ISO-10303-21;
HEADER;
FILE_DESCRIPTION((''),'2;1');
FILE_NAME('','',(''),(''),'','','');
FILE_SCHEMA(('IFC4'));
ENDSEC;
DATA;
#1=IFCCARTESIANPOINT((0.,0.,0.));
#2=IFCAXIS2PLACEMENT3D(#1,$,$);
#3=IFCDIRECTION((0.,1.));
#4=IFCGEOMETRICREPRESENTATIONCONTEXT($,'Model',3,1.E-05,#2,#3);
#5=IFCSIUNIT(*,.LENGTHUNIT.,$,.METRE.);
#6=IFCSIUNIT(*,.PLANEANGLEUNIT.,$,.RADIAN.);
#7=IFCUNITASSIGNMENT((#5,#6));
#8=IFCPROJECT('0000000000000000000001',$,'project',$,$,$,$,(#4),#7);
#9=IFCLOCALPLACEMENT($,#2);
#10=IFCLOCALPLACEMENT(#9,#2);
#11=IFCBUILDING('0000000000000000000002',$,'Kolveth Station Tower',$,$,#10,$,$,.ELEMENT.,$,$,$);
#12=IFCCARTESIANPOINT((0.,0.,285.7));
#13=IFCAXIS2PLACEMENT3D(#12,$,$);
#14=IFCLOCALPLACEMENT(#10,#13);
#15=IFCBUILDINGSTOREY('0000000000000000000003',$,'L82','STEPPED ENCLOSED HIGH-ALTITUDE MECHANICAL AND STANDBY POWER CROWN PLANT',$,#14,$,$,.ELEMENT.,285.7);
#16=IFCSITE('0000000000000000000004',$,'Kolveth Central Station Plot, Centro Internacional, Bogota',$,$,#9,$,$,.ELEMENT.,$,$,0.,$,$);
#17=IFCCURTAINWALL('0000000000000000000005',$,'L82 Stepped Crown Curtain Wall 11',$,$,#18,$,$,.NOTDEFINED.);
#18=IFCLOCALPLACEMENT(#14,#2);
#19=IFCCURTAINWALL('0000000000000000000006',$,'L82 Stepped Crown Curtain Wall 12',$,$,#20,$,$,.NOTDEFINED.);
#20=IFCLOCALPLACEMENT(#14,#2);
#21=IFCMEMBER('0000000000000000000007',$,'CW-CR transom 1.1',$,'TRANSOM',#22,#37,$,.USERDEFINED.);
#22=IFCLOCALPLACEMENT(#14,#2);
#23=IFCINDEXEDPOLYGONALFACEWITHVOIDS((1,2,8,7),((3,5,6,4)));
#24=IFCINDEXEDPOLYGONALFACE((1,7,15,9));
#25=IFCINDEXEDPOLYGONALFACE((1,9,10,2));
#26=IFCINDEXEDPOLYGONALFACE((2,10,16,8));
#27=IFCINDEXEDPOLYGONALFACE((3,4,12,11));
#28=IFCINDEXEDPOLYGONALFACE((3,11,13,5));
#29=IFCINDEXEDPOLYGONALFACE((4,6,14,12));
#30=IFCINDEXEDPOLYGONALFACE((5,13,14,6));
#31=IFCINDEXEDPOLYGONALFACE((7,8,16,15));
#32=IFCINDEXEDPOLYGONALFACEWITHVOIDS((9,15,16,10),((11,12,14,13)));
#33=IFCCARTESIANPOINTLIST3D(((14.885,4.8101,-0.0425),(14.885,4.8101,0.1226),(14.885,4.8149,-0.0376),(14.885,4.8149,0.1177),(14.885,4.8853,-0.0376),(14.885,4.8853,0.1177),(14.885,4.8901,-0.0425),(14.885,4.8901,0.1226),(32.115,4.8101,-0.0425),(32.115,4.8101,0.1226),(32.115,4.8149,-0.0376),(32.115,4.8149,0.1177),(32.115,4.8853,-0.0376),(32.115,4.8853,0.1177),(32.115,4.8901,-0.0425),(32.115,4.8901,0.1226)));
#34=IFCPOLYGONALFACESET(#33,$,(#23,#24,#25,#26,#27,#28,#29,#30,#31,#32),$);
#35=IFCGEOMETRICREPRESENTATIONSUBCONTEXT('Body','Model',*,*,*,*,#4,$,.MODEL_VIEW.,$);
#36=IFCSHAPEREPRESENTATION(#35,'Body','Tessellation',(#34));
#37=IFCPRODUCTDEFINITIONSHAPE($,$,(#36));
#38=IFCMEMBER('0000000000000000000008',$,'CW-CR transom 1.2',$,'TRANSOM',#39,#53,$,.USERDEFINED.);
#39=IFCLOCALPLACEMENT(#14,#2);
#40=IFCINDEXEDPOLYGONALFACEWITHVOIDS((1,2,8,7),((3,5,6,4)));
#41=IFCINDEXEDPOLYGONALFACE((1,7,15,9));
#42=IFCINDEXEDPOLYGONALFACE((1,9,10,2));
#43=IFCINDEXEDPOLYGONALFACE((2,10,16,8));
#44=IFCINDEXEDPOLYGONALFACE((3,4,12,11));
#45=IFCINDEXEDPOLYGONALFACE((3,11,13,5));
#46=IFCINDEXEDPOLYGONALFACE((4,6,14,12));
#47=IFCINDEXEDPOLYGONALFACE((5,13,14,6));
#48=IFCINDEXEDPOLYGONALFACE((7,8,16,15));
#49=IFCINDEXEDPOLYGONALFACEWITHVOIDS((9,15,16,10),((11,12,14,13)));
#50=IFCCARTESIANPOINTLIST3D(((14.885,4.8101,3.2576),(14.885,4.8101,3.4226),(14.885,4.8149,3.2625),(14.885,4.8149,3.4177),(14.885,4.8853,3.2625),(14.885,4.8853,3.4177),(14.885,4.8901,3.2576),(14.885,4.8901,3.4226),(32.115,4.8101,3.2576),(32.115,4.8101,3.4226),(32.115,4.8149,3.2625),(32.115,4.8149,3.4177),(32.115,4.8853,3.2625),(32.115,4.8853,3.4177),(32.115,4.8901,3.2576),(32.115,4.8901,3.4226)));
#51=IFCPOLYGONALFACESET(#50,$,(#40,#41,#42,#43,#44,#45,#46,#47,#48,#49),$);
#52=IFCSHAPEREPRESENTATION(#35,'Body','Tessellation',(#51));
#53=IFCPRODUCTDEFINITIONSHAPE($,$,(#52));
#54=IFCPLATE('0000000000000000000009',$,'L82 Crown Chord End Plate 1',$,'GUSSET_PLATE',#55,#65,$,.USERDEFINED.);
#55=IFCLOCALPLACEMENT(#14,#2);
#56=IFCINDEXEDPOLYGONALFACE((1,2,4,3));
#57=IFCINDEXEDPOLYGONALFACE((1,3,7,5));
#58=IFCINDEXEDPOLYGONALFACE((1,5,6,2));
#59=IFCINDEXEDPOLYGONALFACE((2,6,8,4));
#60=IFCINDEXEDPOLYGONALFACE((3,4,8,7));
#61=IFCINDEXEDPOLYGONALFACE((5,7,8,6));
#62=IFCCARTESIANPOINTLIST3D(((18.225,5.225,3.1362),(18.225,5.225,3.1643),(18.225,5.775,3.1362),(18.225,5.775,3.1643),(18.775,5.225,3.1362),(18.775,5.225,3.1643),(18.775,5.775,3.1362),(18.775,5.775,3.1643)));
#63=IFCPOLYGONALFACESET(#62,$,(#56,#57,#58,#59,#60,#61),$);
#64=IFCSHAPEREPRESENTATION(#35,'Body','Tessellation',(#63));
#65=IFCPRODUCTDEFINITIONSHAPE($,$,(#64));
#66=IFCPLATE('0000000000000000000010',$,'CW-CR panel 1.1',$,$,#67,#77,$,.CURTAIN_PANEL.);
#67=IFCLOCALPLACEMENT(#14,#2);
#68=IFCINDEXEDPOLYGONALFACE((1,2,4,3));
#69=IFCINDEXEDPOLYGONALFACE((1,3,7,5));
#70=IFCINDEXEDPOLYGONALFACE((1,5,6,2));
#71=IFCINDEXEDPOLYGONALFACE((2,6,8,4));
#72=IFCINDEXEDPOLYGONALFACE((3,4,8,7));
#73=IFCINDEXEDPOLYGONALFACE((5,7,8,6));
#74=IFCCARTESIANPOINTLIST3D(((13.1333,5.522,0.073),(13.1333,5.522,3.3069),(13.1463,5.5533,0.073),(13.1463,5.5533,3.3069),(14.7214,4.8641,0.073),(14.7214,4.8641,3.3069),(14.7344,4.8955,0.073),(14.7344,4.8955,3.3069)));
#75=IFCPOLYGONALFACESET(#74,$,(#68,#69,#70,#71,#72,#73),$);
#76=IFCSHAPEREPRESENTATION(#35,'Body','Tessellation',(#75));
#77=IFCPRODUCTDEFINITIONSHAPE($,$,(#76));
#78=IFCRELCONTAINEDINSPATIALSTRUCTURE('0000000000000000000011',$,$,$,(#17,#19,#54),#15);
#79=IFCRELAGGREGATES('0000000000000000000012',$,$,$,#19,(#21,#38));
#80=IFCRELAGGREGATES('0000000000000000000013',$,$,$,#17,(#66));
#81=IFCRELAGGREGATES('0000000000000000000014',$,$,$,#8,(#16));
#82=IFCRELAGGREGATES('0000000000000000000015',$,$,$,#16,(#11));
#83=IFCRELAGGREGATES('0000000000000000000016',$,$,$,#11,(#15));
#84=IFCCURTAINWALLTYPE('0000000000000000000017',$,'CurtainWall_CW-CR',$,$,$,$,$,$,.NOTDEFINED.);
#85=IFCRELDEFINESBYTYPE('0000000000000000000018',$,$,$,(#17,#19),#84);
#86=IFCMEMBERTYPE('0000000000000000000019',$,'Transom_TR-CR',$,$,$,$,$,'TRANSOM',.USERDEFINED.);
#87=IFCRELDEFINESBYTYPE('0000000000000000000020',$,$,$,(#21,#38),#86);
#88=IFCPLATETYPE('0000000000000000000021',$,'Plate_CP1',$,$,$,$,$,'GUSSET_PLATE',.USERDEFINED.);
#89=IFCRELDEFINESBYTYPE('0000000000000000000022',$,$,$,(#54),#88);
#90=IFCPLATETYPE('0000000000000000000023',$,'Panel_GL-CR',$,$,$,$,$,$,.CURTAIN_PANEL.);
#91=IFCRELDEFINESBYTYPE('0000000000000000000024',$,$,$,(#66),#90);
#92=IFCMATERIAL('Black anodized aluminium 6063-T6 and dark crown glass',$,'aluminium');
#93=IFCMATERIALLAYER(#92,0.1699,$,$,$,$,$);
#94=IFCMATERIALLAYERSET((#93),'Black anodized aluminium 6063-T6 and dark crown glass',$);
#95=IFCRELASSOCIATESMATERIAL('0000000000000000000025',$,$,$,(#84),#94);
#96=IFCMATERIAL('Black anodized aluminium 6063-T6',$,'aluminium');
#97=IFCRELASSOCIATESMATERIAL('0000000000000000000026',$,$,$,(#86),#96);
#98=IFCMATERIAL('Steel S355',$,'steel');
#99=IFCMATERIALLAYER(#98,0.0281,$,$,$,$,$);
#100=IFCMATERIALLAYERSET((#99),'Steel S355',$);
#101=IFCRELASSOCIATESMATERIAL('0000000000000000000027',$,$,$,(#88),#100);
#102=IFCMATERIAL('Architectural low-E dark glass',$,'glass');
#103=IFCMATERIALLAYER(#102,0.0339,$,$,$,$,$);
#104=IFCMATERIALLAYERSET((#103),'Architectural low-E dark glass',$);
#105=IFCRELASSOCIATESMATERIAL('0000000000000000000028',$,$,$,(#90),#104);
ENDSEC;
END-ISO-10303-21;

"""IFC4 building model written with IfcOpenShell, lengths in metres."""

from ifc_helpers import new_model, si_unit, direction, frame, origin, origin_2d, place, context, subcontext, project, spatial, rectangle, hollow_rectangle, extrude, source, transform, mapped, material, layer, layer_set, material_profile, profile_set, type_object, element, aggregate, save


model = new_model("IFC4")

# Units and contexts
model_context = context("Model", 3, precision=1e-05, world=origin(), true_north=direction((0.0, 1.0)))
body_context = subcontext(model_context, "Body", "Model", "MODEL_VIEW")
ifc_project = project(units=[si_unit("LENGTHUNIT", "METRE"), si_unit("PLANEANGLEUNIT", "RADIAN")], contexts=[model_context])

# Site, building, storey
site_placement = place(None, origin())
site = spatial("IfcSite", under=ifc_project, at=site_placement, Name="Kolveth Central Station Plot, Centro Internacional, Bogota", CompositionType="ELEMENT", RefElevation=0.0)
building_placement = place(site_placement, origin())
building = spatial("IfcBuilding", under=site, at=building_placement, Name="Kolveth Station Tower", CompositionType="ELEMENT")
storey_placement = place(building_placement, frame((0.0, 0.0, 285.7)))
storey = spatial("IfcBuildingStorey", under=building, at=storey_placement, Name="L82", Description="STEPPED ENCLOSED HIGH-ALTITUDE MECHANICAL AND STANDBY POWER CROWN PLANT", CompositionType="ELEMENT", Elevation=285.7)

# Shared definitions
ifc_material_1 = material(Name="Steel S355", Category="steel")

# Curtain walls
ifc_material_2 = material(Name="Black anodized aluminium 6063-T6 and dark crown glass", Category="aluminium")
ifc_layer_1 = layer(ifc_material_2, 0.1699)
ifc_layer_set_1 = layer_set([ifc_layer_1], Name="Black anodized aluminium 6063-T6 and dark crown glass")
curtain_wall_type = type_object("IfcCurtainWallType", Name="CurtainWall_CW-CR", PredefinedType="NOTDEFINED", material=ifc_layer_set_1)
curtain_wall_1_placement = place(storey_placement, origin())
curtain_wall_1 = element("IfcCurtainWall", 1, at=curtain_wall_1_placement, inside=storey, type_object=curtain_wall_type, Name="L82 Stepped Crown Curtain Wall 11", PredefinedType="NOTDEFINED")
ifc_material_3 = material(Name="Black anodized aluminium 6063-T6", Category="aluminium")
curtain_wall_2_placement = place(storey_placement, origin())
curtain_wall_2 = element("IfcCurtainWall", 2, at=curtain_wall_2_placement, inside=storey, type_object=curtain_wall_type, Name="L82 Stepped Crown Curtain Wall 12", PredefinedType="NOTDEFINED")

# Members
ifc_material_profile_1 = material_profile(ifc_material_3, hollow_rectangle(XDim=0.0801, YDim=0.165, WallThickness=0.0049, at=origin_2d()), Name="ALU-80x165x5")
ifc_profile_set_1 = profile_set([ifc_material_profile_1], Name="Black anodized aluminium 6063-T6")
member_type_1 = type_object("IfcMemberType", Name="Transom_TR-CR", ElementType="TRANSOM", PredefinedType="USERDEFINED", material=ifc_profile_set_1)
shared_shape_1 = source(origin(), body_context, "Body", "SweptSolid", [
    extrude(hollow_rectangle(XDim=0.0801, YDim=0.165, WallThickness=0.0049, at=origin_2d()), origin(), (0.0, 0.0, 1.0), 17.23),
])
member_1_placement = place(storey_placement, frame((14.885, 4.8501, 0.04), z_axis=(1.0, 0.0, 0.0), x_axis=(0.0, 1.0, 0.0)))
member_1 = element("IfcMember", 3, at=member_1_placement, type_object=member_type_1, Name="CW-CR transom 1.1", ObjectType="TRANSOM", PredefinedType="USERDEFINED", context=body_context, shape_type="MappedRepresentation", body=[
    mapped(shared_shape_1, transform((0.0, 0.0, 0.0), x_axis=(1.0, 0.0, 0.0), y_axis=(0.0, 1.0, 0.0), z_axis=(0.0, 0.0, 1.0), scale=1.0)),
])
member_2_placement = place(storey_placement, frame((14.885, 4.8501, 3.3401), z_axis=(1.0, 0.0, 0.0), x_axis=(0.0, 1.0, 0.0)))
member_2 = element("IfcMember", 4, at=member_2_placement, type_object=member_type_1, Name="CW-CR transom 1.2", ObjectType="TRANSOM", PredefinedType="USERDEFINED", context=body_context, shape_type="MappedRepresentation", body=[
    mapped(shared_shape_1, transform((0.0, 0.0, 0.0), x_axis=(1.0, 0.0, 0.0), y_axis=(0.0, 1.0, 0.0), z_axis=(0.0, 0.0, 1.0), scale=1.0)),
])
aggregate(curtain_wall_2, [member_1, member_2])

# Plates
ifc_layer_2 = layer(ifc_material_1, 0.0281)
ifc_layer_set_2 = layer_set([ifc_layer_2], Name="Steel S355")
plate_type_1 = type_object("IfcPlateType", Name="Plate_CP1", ElementType="GUSSET_PLATE", PredefinedType="USERDEFINED", material=ifc_layer_set_2)
shared_shape_2 = source(origin(), body_context, "Body", "SweptSolid", [
    extrude(rectangle(XDim=0.55, YDim=0.55, at=origin_2d()), origin(), (0.0, 0.0, 1.0), 0.0281),
])
plate_1_placement = place(storey_placement, frame((18.5, 5.5, 3.1362), z_axis=(0.0, 0.0, 1.0), x_axis=(1.0, 0.0, 0.0)))
element("IfcPlate", 5, at=plate_1_placement, inside=storey, type_object=plate_type_1, Name="L82 Crown Chord End Plate 1", ObjectType="GUSSET_PLATE", PredefinedType="USERDEFINED", context=body_context, shape_type="MappedRepresentation", body=[
    mapped(shared_shape_2, transform((0.0, 0.0, 0.0), x_axis=(1.0, 0.0, 0.0), y_axis=(0.0, 1.0, 0.0), z_axis=(0.0, 0.0, 1.0), scale=1.0)),
])
ifc_material_4 = material(Name="Architectural low-E dark glass", Category="glass")
ifc_layer_3 = layer(ifc_material_4, 0.0339)
ifc_layer_set_3 = layer_set([ifc_layer_3], Name="Architectural low-E dark glass")
plate_type_2 = type_object("IfcPlateType", Name="Panel_GL-CR", PredefinedType="CURTAIN_PANEL", material=ifc_layer_set_3)
shared_shape_3 = source(origin(), body_context, "Body", "SweptSolid", [
    extrude(rectangle(XDim=1.719, YDim=0.0339, at=origin_2d()), origin(), (0.0, 0.0, 1.0), 3.2339),
])
plate_2_placement = place(storey_placement, frame((13.9338, 5.2087, 0.073), z_axis=(0.0, 0.0, 1.0), x_axis=(0.923876, -0.382691, 0.0)))
plate_2 = element("IfcPlate", 6, at=plate_2_placement, type_object=plate_type_2, Name="CW-CR panel 1.1", PredefinedType="CURTAIN_PANEL", context=body_context, shape_type="MappedRepresentation", body=[
    mapped(shared_shape_3, transform((0.0, 0.0, 0.0), x_axis=(1.0, 0.0, 0.0), y_axis=(0.0, 1.0, 0.0), z_axis=(0.0, 0.0, 1.0), scale=1.0)),
])
aggregate(curtain_wall_1, [plate_2])

save(model, "model.ifc")
